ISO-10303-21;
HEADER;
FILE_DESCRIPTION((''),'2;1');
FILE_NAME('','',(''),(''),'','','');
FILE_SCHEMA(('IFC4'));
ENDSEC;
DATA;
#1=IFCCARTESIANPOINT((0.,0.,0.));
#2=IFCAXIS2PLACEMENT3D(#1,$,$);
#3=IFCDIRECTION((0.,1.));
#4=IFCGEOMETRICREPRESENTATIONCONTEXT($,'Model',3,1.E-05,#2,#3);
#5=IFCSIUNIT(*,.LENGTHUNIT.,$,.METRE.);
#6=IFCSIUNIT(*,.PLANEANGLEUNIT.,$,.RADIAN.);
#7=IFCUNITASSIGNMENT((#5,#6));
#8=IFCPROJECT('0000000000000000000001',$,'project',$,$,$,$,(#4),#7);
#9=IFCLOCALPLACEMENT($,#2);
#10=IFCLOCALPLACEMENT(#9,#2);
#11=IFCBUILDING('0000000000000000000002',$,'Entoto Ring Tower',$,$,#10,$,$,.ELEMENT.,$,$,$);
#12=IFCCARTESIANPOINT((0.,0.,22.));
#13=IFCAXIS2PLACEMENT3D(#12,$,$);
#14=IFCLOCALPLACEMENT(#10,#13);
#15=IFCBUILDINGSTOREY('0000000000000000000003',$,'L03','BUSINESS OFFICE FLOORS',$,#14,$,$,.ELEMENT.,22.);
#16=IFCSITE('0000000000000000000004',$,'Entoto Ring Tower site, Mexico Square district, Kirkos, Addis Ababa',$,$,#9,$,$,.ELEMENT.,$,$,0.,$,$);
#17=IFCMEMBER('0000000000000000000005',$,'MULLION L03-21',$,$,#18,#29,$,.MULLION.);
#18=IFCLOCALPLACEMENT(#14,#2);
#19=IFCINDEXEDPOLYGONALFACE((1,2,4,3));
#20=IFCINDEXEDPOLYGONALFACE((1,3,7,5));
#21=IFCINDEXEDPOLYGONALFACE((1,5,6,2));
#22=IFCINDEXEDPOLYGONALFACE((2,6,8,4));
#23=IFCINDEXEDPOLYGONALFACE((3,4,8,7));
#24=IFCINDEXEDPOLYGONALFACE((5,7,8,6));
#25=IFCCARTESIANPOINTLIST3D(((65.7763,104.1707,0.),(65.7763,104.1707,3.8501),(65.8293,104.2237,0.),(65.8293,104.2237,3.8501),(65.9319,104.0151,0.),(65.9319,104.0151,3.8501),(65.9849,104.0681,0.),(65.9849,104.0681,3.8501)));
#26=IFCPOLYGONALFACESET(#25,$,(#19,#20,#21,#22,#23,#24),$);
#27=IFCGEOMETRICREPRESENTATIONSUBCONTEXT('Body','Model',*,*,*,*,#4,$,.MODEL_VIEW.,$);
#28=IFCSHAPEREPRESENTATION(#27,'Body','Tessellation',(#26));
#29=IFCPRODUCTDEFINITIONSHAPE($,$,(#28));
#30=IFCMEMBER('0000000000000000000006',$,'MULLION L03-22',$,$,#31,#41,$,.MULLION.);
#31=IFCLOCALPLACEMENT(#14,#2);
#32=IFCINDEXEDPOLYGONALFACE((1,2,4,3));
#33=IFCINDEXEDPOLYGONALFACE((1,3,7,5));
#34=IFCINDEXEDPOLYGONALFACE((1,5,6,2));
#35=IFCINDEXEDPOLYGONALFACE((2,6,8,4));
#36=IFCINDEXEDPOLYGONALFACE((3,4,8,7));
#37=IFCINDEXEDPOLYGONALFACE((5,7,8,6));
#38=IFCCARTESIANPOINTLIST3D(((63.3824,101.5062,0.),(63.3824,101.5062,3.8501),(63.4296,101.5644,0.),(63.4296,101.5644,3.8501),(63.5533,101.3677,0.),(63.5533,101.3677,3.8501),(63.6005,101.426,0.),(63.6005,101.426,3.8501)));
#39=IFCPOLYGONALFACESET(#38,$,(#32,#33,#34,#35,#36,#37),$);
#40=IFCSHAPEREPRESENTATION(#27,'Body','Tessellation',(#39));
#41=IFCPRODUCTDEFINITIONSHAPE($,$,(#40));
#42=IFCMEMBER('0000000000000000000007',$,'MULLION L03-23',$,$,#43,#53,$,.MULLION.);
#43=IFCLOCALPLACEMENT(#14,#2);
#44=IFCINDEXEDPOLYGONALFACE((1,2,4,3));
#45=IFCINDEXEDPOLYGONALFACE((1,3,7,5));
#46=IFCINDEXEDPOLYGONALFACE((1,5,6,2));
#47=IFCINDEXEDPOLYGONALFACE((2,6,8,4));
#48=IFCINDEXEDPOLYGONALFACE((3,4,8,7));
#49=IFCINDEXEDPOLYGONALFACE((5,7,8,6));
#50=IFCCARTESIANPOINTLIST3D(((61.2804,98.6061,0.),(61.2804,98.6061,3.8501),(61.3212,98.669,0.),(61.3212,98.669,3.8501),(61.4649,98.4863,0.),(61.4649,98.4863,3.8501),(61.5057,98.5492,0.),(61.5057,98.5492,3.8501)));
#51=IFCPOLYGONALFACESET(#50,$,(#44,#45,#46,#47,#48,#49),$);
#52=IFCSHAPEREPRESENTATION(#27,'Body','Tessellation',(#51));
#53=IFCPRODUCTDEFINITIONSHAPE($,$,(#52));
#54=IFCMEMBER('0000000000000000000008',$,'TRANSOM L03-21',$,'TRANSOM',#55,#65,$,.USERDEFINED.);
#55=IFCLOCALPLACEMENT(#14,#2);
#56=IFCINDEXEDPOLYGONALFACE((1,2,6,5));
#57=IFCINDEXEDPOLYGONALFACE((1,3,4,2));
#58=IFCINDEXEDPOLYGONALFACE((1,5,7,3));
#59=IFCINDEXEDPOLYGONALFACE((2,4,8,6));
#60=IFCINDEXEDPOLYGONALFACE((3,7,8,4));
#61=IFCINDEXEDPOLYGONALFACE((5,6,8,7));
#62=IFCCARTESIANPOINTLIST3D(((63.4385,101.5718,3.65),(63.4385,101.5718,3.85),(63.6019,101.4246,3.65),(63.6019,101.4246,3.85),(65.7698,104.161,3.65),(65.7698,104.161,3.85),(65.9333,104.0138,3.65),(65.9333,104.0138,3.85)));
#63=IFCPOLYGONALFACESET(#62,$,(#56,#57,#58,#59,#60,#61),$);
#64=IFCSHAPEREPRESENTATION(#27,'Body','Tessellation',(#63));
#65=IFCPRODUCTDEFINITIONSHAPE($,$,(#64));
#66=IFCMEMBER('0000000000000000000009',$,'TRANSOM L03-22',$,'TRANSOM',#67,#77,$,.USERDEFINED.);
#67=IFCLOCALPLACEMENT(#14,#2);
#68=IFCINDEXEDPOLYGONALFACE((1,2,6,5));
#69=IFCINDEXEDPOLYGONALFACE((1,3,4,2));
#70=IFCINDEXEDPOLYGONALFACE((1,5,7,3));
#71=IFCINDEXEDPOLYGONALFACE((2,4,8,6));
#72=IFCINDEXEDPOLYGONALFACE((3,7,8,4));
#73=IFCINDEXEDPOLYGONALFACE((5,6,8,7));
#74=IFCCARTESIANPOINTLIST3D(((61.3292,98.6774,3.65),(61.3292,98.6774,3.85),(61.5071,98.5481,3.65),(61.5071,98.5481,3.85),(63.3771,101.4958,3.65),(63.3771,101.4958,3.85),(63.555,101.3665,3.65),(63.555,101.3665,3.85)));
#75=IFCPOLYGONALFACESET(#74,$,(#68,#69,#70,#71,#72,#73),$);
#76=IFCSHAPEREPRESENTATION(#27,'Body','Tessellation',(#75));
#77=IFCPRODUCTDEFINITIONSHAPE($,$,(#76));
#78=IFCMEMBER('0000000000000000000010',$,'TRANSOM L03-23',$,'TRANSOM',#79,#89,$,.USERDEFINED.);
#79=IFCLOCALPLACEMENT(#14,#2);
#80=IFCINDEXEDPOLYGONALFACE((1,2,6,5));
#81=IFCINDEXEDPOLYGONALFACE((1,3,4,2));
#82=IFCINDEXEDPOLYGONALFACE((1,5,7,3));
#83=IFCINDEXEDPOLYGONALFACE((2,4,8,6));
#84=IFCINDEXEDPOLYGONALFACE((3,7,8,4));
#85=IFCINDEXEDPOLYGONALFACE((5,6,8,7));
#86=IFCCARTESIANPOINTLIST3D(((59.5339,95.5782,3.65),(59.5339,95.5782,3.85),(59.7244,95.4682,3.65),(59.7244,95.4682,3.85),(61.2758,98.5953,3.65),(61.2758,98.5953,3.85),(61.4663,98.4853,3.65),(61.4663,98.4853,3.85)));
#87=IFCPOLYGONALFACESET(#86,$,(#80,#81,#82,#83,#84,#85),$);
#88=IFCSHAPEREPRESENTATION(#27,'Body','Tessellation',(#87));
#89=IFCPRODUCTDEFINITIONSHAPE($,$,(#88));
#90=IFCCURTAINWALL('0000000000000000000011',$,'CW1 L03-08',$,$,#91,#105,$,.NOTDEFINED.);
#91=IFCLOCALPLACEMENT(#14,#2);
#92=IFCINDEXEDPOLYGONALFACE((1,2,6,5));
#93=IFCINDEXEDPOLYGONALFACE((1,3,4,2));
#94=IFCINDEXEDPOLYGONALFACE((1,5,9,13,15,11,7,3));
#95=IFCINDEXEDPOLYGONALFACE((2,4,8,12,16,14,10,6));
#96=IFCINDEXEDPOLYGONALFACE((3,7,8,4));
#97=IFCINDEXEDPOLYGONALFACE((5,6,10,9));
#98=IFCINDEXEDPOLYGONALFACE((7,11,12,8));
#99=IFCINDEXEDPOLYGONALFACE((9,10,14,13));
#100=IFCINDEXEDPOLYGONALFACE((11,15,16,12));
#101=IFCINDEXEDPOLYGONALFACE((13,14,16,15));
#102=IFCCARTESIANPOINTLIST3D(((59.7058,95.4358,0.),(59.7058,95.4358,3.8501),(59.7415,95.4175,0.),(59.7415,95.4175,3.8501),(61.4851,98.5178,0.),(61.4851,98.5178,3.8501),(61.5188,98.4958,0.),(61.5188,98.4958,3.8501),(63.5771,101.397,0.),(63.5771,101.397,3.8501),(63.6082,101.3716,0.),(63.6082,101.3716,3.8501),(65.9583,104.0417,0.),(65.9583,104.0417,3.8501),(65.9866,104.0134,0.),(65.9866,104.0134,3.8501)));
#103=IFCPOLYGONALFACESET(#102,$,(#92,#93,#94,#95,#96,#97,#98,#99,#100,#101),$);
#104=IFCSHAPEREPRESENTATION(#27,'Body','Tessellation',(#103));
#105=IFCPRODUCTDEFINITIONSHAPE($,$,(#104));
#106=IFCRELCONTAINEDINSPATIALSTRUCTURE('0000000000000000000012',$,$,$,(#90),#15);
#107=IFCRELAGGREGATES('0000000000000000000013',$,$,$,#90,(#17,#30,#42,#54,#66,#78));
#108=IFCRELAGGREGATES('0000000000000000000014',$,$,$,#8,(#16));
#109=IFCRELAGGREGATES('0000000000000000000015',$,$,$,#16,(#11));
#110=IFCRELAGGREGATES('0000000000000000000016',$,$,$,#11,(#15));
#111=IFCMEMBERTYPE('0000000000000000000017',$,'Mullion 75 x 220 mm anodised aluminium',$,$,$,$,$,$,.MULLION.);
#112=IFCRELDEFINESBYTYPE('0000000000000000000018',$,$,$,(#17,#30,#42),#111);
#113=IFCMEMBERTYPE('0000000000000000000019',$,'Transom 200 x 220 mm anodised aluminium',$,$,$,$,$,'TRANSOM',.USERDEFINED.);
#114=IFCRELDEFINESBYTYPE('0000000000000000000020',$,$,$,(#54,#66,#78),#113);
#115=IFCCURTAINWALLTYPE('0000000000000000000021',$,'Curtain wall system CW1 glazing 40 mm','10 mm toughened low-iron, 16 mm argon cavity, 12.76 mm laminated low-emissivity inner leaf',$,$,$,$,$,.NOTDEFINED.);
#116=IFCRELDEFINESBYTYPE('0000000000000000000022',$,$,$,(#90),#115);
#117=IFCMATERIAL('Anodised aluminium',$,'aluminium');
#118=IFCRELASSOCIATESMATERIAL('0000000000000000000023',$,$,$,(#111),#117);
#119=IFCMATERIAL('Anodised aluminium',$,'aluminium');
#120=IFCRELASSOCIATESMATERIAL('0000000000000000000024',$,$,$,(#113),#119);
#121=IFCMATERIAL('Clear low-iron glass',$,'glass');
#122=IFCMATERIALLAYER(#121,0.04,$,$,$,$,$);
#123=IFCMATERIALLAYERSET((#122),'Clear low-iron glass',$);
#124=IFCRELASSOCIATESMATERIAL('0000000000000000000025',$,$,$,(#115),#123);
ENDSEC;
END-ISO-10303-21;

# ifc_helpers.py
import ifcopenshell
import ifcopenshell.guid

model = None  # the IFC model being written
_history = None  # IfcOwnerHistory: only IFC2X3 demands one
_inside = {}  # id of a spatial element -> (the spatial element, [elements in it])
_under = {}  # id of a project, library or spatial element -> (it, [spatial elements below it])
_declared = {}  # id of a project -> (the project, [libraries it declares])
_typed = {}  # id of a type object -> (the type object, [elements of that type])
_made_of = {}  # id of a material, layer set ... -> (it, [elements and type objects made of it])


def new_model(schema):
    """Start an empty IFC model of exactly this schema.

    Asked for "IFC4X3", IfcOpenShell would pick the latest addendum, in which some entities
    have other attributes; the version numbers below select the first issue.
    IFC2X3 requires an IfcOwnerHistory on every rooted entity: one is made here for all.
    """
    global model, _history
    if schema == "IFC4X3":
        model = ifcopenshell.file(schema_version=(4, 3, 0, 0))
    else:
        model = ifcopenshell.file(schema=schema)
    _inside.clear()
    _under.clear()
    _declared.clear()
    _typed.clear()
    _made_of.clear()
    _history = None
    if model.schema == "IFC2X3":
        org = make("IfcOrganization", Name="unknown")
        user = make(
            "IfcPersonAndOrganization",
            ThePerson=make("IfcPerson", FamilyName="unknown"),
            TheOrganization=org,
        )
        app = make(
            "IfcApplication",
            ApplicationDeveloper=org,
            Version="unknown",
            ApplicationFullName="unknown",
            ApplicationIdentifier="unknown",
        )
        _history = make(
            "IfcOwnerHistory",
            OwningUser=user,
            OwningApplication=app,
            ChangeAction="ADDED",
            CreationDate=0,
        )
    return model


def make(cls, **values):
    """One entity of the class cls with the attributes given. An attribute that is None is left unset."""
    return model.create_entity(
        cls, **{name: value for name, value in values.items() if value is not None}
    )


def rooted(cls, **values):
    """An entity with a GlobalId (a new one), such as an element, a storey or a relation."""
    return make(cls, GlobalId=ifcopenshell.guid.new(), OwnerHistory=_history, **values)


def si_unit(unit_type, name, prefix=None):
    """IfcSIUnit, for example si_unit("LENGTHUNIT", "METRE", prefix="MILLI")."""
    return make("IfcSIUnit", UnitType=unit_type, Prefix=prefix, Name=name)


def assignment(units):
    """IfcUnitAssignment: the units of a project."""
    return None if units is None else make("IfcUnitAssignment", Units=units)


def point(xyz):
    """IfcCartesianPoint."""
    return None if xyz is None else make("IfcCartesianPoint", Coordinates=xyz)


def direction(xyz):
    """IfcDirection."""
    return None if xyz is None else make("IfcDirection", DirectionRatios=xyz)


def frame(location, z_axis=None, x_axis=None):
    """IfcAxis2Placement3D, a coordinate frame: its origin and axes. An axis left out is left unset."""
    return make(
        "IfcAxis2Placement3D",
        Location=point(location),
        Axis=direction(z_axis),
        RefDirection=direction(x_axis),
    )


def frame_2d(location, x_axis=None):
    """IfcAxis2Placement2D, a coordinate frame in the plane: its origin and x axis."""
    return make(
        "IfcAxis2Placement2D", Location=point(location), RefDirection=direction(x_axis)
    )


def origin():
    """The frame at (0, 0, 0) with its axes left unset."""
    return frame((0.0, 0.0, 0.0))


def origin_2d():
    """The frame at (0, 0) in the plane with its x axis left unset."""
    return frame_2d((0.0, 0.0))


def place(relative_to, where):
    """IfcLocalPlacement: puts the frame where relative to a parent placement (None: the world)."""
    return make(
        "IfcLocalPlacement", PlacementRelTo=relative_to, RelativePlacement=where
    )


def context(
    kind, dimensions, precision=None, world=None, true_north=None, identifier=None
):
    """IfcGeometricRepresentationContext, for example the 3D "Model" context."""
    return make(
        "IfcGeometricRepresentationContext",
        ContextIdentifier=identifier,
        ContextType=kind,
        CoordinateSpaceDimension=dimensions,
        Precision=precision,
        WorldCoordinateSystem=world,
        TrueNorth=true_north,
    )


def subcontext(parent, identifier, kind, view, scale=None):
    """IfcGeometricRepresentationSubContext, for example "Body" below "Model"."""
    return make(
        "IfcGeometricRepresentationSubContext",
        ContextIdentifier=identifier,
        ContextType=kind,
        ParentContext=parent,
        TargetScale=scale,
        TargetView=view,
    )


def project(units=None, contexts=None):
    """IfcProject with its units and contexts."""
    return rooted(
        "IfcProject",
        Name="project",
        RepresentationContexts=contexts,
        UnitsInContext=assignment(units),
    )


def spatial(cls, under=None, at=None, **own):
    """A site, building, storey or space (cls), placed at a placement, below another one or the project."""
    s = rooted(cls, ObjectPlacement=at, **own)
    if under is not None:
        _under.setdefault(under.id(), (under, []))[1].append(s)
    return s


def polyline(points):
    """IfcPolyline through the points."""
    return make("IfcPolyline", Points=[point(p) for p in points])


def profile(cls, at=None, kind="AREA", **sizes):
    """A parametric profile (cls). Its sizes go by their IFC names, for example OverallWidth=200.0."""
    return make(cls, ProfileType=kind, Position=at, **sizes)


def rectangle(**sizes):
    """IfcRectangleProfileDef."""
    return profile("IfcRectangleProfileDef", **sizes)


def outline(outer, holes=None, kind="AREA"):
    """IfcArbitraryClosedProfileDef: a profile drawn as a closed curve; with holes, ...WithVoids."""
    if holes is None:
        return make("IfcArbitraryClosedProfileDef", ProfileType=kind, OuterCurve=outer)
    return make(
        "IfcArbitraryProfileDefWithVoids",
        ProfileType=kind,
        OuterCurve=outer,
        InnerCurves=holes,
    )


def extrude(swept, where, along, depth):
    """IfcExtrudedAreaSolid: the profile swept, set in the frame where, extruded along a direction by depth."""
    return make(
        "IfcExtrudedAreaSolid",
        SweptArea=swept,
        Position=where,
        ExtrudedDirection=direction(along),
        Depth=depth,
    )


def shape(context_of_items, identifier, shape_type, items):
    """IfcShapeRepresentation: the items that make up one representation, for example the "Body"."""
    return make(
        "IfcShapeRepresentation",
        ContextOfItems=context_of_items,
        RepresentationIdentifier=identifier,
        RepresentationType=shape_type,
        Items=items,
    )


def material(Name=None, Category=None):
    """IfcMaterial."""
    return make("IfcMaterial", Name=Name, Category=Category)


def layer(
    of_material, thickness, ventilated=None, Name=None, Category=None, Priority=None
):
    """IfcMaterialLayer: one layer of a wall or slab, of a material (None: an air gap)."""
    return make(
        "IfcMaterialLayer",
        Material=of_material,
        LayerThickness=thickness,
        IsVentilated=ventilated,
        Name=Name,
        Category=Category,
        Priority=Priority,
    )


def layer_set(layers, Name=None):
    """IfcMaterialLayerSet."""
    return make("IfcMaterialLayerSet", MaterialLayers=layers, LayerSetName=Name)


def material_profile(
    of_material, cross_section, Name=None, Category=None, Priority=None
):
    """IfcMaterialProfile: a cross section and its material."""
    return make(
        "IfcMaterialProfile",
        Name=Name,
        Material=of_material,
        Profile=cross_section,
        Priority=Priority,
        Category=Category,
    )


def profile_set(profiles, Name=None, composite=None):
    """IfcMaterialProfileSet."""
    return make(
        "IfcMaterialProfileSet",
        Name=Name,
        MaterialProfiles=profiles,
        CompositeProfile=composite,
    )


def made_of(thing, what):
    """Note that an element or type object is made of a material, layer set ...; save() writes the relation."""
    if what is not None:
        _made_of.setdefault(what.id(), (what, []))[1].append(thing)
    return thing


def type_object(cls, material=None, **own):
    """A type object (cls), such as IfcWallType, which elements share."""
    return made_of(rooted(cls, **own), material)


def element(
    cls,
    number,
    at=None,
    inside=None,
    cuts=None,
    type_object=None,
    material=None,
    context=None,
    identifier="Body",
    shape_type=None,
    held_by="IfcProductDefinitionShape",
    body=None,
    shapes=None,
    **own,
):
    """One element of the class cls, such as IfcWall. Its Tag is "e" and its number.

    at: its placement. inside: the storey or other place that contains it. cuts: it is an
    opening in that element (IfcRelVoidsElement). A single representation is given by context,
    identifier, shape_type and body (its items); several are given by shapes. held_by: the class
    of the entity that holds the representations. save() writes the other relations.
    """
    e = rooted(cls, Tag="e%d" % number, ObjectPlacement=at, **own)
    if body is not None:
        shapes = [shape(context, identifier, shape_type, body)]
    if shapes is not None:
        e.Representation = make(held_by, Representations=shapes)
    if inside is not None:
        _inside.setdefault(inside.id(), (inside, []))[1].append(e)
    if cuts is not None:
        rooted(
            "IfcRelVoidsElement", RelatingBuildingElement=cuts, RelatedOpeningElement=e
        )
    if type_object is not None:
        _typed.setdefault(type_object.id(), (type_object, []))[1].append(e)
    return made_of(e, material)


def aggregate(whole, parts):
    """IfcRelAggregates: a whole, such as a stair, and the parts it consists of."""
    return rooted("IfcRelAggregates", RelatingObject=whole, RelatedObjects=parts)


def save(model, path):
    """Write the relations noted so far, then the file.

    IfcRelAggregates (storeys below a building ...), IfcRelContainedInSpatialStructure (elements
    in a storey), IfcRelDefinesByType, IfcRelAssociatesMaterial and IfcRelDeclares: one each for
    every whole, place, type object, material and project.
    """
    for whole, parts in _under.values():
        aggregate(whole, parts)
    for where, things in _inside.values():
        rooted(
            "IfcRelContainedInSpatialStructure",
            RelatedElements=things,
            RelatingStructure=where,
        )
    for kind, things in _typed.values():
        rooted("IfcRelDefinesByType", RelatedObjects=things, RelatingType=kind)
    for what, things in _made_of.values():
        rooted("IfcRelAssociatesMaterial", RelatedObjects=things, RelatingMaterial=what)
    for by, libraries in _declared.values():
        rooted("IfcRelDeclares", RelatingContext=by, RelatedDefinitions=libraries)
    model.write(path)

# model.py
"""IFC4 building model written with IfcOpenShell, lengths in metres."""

from ifc_helpers import new_model, si_unit, direction, frame, origin, origin_2d, place, context, subcontext, project, spatial, polyline, rectangle, outline, extrude, material, layer, layer_set, material_profile, profile_set, type_object, element, aggregate, save


model = new_model("IFC4")

# Units and contexts
model_context = context("Model", 3, precision=1e-05, world=origin(), true_north=direction((0.0, 1.0)))
body_context = subcontext(model_context, "Body", "Model", "MODEL_VIEW")
ifc_project = project(units=[si_unit("LENGTHUNIT", "METRE"), si_unit("PLANEANGLEUNIT", "RADIAN")], contexts=[model_context])

# Members
ifc_material_1 = material(Name="Anodised aluminium", Category="aluminium")
ifc_material_profile_1 = material_profile(ifc_material_1, rectangle(XDim=0.075, YDim=0.22, at=origin_2d()), Name="Mullion 75 x 220 mm anodised aluminium")
ifc_profile_set_1 = profile_set([ifc_material_profile_1], Name="Anodised aluminium")
member_type_1 = type_object("IfcMemberType", Name="Mullion 75 x 220 mm anodised aluminium", PredefinedType="MULLION", material=ifc_profile_set_1)
site_placement = place(None, origin())
building_placement = place(site_placement, origin())
storey_placement = place(building_placement, frame((0.0, 0.0, 22.0)))
member_1_placement = place(storey_placement, frame((65.8806, 104.1194, 0.0), z_axis=(0.0, 0.0, 1.0), x_axis=(-0.707107, -0.707107, 0.0)))
member_1 = element("IfcMember", 1, at=member_1_placement, type_object=member_type_1, Name="MULLION L03-21", PredefinedType="MULLION", context=body_context, shape_type="SweptSolid", body=[
    extrude(rectangle(XDim=0.075, YDim=0.22, at=origin_2d()), origin(), (0.0, 0.0, 1.0), 3.8501),
])
member_2_placement = place(storey_placement, frame((63.4915, 101.4661, 0.0), z_axis=(0.0, 0.0, 1.0), x_axis=(-0.62932, -0.777146, 0.0)))
member_2 = element("IfcMember", 2, at=member_2_placement, type_object=member_type_1, Name="MULLION L03-22", PredefinedType="MULLION", context=body_context, shape_type="SweptSolid", body=[
    extrude(rectangle(XDim=0.075, YDim=0.22, at=origin_2d()), origin(), (0.0, 0.0, 1.0), 3.8501),
])
member_3_placement = place(storey_placement, frame((61.3931, 98.5776, 0.0), z_axis=(0.0, 0.0, 1.0), x_axis=(-0.544639, -0.838671, 0.0)))
member_3 = element("IfcMember", 3, at=member_3_placement, type_object=member_type_1, Name="MULLION L03-23", PredefinedType="MULLION", context=body_context, shape_type="SweptSolid", body=[
    extrude(rectangle(XDim=0.075, YDim=0.22, at=origin_2d()), origin(), (0.0, 0.0, 1.0), 3.8501),
])
ifc_material_2 = material(Name="Anodised aluminium", Category="aluminium")
ifc_material_profile_2 = material_profile(ifc_material_2, rectangle(XDim=0.22, YDim=0.2, at=origin_2d()), Name="Transom 200 x 220 mm anodised aluminium")
ifc_profile_set_2 = profile_set([ifc_material_profile_2], Name="Anodised aluminium")
member_type_2 = type_object("IfcMemberType", Name="Transom 200 x 220 mm anodised aluminium", ElementType="TRANSOM", PredefinedType="USERDEFINED", material=ifc_profile_set_2)
member_4_placement = place(storey_placement, frame((65.8516, 104.0874, 3.75), z_axis=(-0.669139, -0.743137, 0.0), x_axis=(0.743137, -0.669139, 0.0)))
member_4 = element("IfcMember", 4, at=member_4_placement, type_object=member_type_2, Name="TRANSOM L03-21", ObjectType="TRANSOM", PredefinedType="USERDEFINED", context=body_context, shape_type="SweptSolid", body=[
    extrude(rectangle(XDim=0.22, YDim=0.2, at=origin_2d()), origin(), (0.0, 0.0, 1.0), 3.4841),
])
member_5_placement = place(storey_placement, frame((63.4661, 101.4312, 3.75), z_axis=(-0.587822, -0.808991, 0.0), x_axis=(0.808991, -0.587822, 0.0)))
member_5 = element("IfcMember", 5, at=member_5_placement, type_object=member_type_2, Name="TRANSOM L03-22", ObjectType="TRANSOM", PredefinedType="USERDEFINED", context=body_context, shape_type="SweptSolid", body=[
    extrude(rectangle(XDim=0.22, YDim=0.2, at=origin_2d()), origin(), (0.0, 0.0, 1.0), 3.4839),
])
member_6_placement = place(storey_placement, frame((61.3711, 98.5403, 3.75), z_axis=(-0.500006, -0.866022, 0.0), x_axis=(0.866022, -0.500006, 0.0)))
member_6 = element("IfcMember", 6, at=member_6_placement, type_object=member_type_2, Name="TRANSOM L03-23", ObjectType="TRANSOM", PredefinedType="USERDEFINED", context=body_context, shape_type="SweptSolid", body=[
    extrude(rectangle(XDim=0.22, YDim=0.2, at=origin_2d()), origin(), (0.0, 0.0, 1.0), 3.4839),
])

# Site, building, storey
site = spatial("IfcSite", under=ifc_project, at=site_placement, Name="Entoto Ring Tower site, Mexico Square district, Kirkos, Addis Ababa", CompositionType="ELEMENT", RefElevation=0.0)
building = spatial("IfcBuilding", under=site, at=building_placement, Name="Entoto Ring Tower", CompositionType="ELEMENT")
storey = spatial("IfcBuildingStorey", under=building, at=storey_placement, Name="L03", Description="BUSINESS OFFICE FLOORS", CompositionType="ELEMENT", Elevation=22.0)

# Curtain wall
ifc_material_3 = material(Name="Clear low-iron glass", Category="glass")
ifc_layer = layer(ifc_material_3, 0.04)
ifc_layer_set = layer_set([ifc_layer], Name="Clear low-iron glass")
curtain_wall_type = type_object("IfcCurtainWallType", Name="Curtain wall system CW1 glazing 40 mm", Description="10 mm toughened low-iron, 16 mm argon cavity, 12.76 mm laminated low-emissivity inner leaf", PredefinedType="NOTDEFINED", material=ifc_layer_set)
curtain_wall_1_placement = place(storey_placement, origin())
curtain_wall_1 = element("IfcCurtainWall", 7, at=curtain_wall_1_placement, inside=storey, type_object=curtain_wall_type, Name="CW1 L03-08", PredefinedType="NOTDEFINED", context=body_context, shape_type="SweptSolid", body=[
    extrude(outline(polyline([(65.9583, 104.0417), (63.5771, 101.397), (61.4851, 98.5178), (59.7058, 95.4358), (59.7415, 95.4175), (61.5188, 98.4958), (63.6082, 101.3716), (65.9866, 104.0134), (65.9583, 104.0417)])), origin(), (0.0, 0.0, 1.0), 3.8501),
])
aggregate(curtain_wall_1, [member_1, member_2, member_3, member_4, member_5, member_6])

save(model, "model.ifc")
